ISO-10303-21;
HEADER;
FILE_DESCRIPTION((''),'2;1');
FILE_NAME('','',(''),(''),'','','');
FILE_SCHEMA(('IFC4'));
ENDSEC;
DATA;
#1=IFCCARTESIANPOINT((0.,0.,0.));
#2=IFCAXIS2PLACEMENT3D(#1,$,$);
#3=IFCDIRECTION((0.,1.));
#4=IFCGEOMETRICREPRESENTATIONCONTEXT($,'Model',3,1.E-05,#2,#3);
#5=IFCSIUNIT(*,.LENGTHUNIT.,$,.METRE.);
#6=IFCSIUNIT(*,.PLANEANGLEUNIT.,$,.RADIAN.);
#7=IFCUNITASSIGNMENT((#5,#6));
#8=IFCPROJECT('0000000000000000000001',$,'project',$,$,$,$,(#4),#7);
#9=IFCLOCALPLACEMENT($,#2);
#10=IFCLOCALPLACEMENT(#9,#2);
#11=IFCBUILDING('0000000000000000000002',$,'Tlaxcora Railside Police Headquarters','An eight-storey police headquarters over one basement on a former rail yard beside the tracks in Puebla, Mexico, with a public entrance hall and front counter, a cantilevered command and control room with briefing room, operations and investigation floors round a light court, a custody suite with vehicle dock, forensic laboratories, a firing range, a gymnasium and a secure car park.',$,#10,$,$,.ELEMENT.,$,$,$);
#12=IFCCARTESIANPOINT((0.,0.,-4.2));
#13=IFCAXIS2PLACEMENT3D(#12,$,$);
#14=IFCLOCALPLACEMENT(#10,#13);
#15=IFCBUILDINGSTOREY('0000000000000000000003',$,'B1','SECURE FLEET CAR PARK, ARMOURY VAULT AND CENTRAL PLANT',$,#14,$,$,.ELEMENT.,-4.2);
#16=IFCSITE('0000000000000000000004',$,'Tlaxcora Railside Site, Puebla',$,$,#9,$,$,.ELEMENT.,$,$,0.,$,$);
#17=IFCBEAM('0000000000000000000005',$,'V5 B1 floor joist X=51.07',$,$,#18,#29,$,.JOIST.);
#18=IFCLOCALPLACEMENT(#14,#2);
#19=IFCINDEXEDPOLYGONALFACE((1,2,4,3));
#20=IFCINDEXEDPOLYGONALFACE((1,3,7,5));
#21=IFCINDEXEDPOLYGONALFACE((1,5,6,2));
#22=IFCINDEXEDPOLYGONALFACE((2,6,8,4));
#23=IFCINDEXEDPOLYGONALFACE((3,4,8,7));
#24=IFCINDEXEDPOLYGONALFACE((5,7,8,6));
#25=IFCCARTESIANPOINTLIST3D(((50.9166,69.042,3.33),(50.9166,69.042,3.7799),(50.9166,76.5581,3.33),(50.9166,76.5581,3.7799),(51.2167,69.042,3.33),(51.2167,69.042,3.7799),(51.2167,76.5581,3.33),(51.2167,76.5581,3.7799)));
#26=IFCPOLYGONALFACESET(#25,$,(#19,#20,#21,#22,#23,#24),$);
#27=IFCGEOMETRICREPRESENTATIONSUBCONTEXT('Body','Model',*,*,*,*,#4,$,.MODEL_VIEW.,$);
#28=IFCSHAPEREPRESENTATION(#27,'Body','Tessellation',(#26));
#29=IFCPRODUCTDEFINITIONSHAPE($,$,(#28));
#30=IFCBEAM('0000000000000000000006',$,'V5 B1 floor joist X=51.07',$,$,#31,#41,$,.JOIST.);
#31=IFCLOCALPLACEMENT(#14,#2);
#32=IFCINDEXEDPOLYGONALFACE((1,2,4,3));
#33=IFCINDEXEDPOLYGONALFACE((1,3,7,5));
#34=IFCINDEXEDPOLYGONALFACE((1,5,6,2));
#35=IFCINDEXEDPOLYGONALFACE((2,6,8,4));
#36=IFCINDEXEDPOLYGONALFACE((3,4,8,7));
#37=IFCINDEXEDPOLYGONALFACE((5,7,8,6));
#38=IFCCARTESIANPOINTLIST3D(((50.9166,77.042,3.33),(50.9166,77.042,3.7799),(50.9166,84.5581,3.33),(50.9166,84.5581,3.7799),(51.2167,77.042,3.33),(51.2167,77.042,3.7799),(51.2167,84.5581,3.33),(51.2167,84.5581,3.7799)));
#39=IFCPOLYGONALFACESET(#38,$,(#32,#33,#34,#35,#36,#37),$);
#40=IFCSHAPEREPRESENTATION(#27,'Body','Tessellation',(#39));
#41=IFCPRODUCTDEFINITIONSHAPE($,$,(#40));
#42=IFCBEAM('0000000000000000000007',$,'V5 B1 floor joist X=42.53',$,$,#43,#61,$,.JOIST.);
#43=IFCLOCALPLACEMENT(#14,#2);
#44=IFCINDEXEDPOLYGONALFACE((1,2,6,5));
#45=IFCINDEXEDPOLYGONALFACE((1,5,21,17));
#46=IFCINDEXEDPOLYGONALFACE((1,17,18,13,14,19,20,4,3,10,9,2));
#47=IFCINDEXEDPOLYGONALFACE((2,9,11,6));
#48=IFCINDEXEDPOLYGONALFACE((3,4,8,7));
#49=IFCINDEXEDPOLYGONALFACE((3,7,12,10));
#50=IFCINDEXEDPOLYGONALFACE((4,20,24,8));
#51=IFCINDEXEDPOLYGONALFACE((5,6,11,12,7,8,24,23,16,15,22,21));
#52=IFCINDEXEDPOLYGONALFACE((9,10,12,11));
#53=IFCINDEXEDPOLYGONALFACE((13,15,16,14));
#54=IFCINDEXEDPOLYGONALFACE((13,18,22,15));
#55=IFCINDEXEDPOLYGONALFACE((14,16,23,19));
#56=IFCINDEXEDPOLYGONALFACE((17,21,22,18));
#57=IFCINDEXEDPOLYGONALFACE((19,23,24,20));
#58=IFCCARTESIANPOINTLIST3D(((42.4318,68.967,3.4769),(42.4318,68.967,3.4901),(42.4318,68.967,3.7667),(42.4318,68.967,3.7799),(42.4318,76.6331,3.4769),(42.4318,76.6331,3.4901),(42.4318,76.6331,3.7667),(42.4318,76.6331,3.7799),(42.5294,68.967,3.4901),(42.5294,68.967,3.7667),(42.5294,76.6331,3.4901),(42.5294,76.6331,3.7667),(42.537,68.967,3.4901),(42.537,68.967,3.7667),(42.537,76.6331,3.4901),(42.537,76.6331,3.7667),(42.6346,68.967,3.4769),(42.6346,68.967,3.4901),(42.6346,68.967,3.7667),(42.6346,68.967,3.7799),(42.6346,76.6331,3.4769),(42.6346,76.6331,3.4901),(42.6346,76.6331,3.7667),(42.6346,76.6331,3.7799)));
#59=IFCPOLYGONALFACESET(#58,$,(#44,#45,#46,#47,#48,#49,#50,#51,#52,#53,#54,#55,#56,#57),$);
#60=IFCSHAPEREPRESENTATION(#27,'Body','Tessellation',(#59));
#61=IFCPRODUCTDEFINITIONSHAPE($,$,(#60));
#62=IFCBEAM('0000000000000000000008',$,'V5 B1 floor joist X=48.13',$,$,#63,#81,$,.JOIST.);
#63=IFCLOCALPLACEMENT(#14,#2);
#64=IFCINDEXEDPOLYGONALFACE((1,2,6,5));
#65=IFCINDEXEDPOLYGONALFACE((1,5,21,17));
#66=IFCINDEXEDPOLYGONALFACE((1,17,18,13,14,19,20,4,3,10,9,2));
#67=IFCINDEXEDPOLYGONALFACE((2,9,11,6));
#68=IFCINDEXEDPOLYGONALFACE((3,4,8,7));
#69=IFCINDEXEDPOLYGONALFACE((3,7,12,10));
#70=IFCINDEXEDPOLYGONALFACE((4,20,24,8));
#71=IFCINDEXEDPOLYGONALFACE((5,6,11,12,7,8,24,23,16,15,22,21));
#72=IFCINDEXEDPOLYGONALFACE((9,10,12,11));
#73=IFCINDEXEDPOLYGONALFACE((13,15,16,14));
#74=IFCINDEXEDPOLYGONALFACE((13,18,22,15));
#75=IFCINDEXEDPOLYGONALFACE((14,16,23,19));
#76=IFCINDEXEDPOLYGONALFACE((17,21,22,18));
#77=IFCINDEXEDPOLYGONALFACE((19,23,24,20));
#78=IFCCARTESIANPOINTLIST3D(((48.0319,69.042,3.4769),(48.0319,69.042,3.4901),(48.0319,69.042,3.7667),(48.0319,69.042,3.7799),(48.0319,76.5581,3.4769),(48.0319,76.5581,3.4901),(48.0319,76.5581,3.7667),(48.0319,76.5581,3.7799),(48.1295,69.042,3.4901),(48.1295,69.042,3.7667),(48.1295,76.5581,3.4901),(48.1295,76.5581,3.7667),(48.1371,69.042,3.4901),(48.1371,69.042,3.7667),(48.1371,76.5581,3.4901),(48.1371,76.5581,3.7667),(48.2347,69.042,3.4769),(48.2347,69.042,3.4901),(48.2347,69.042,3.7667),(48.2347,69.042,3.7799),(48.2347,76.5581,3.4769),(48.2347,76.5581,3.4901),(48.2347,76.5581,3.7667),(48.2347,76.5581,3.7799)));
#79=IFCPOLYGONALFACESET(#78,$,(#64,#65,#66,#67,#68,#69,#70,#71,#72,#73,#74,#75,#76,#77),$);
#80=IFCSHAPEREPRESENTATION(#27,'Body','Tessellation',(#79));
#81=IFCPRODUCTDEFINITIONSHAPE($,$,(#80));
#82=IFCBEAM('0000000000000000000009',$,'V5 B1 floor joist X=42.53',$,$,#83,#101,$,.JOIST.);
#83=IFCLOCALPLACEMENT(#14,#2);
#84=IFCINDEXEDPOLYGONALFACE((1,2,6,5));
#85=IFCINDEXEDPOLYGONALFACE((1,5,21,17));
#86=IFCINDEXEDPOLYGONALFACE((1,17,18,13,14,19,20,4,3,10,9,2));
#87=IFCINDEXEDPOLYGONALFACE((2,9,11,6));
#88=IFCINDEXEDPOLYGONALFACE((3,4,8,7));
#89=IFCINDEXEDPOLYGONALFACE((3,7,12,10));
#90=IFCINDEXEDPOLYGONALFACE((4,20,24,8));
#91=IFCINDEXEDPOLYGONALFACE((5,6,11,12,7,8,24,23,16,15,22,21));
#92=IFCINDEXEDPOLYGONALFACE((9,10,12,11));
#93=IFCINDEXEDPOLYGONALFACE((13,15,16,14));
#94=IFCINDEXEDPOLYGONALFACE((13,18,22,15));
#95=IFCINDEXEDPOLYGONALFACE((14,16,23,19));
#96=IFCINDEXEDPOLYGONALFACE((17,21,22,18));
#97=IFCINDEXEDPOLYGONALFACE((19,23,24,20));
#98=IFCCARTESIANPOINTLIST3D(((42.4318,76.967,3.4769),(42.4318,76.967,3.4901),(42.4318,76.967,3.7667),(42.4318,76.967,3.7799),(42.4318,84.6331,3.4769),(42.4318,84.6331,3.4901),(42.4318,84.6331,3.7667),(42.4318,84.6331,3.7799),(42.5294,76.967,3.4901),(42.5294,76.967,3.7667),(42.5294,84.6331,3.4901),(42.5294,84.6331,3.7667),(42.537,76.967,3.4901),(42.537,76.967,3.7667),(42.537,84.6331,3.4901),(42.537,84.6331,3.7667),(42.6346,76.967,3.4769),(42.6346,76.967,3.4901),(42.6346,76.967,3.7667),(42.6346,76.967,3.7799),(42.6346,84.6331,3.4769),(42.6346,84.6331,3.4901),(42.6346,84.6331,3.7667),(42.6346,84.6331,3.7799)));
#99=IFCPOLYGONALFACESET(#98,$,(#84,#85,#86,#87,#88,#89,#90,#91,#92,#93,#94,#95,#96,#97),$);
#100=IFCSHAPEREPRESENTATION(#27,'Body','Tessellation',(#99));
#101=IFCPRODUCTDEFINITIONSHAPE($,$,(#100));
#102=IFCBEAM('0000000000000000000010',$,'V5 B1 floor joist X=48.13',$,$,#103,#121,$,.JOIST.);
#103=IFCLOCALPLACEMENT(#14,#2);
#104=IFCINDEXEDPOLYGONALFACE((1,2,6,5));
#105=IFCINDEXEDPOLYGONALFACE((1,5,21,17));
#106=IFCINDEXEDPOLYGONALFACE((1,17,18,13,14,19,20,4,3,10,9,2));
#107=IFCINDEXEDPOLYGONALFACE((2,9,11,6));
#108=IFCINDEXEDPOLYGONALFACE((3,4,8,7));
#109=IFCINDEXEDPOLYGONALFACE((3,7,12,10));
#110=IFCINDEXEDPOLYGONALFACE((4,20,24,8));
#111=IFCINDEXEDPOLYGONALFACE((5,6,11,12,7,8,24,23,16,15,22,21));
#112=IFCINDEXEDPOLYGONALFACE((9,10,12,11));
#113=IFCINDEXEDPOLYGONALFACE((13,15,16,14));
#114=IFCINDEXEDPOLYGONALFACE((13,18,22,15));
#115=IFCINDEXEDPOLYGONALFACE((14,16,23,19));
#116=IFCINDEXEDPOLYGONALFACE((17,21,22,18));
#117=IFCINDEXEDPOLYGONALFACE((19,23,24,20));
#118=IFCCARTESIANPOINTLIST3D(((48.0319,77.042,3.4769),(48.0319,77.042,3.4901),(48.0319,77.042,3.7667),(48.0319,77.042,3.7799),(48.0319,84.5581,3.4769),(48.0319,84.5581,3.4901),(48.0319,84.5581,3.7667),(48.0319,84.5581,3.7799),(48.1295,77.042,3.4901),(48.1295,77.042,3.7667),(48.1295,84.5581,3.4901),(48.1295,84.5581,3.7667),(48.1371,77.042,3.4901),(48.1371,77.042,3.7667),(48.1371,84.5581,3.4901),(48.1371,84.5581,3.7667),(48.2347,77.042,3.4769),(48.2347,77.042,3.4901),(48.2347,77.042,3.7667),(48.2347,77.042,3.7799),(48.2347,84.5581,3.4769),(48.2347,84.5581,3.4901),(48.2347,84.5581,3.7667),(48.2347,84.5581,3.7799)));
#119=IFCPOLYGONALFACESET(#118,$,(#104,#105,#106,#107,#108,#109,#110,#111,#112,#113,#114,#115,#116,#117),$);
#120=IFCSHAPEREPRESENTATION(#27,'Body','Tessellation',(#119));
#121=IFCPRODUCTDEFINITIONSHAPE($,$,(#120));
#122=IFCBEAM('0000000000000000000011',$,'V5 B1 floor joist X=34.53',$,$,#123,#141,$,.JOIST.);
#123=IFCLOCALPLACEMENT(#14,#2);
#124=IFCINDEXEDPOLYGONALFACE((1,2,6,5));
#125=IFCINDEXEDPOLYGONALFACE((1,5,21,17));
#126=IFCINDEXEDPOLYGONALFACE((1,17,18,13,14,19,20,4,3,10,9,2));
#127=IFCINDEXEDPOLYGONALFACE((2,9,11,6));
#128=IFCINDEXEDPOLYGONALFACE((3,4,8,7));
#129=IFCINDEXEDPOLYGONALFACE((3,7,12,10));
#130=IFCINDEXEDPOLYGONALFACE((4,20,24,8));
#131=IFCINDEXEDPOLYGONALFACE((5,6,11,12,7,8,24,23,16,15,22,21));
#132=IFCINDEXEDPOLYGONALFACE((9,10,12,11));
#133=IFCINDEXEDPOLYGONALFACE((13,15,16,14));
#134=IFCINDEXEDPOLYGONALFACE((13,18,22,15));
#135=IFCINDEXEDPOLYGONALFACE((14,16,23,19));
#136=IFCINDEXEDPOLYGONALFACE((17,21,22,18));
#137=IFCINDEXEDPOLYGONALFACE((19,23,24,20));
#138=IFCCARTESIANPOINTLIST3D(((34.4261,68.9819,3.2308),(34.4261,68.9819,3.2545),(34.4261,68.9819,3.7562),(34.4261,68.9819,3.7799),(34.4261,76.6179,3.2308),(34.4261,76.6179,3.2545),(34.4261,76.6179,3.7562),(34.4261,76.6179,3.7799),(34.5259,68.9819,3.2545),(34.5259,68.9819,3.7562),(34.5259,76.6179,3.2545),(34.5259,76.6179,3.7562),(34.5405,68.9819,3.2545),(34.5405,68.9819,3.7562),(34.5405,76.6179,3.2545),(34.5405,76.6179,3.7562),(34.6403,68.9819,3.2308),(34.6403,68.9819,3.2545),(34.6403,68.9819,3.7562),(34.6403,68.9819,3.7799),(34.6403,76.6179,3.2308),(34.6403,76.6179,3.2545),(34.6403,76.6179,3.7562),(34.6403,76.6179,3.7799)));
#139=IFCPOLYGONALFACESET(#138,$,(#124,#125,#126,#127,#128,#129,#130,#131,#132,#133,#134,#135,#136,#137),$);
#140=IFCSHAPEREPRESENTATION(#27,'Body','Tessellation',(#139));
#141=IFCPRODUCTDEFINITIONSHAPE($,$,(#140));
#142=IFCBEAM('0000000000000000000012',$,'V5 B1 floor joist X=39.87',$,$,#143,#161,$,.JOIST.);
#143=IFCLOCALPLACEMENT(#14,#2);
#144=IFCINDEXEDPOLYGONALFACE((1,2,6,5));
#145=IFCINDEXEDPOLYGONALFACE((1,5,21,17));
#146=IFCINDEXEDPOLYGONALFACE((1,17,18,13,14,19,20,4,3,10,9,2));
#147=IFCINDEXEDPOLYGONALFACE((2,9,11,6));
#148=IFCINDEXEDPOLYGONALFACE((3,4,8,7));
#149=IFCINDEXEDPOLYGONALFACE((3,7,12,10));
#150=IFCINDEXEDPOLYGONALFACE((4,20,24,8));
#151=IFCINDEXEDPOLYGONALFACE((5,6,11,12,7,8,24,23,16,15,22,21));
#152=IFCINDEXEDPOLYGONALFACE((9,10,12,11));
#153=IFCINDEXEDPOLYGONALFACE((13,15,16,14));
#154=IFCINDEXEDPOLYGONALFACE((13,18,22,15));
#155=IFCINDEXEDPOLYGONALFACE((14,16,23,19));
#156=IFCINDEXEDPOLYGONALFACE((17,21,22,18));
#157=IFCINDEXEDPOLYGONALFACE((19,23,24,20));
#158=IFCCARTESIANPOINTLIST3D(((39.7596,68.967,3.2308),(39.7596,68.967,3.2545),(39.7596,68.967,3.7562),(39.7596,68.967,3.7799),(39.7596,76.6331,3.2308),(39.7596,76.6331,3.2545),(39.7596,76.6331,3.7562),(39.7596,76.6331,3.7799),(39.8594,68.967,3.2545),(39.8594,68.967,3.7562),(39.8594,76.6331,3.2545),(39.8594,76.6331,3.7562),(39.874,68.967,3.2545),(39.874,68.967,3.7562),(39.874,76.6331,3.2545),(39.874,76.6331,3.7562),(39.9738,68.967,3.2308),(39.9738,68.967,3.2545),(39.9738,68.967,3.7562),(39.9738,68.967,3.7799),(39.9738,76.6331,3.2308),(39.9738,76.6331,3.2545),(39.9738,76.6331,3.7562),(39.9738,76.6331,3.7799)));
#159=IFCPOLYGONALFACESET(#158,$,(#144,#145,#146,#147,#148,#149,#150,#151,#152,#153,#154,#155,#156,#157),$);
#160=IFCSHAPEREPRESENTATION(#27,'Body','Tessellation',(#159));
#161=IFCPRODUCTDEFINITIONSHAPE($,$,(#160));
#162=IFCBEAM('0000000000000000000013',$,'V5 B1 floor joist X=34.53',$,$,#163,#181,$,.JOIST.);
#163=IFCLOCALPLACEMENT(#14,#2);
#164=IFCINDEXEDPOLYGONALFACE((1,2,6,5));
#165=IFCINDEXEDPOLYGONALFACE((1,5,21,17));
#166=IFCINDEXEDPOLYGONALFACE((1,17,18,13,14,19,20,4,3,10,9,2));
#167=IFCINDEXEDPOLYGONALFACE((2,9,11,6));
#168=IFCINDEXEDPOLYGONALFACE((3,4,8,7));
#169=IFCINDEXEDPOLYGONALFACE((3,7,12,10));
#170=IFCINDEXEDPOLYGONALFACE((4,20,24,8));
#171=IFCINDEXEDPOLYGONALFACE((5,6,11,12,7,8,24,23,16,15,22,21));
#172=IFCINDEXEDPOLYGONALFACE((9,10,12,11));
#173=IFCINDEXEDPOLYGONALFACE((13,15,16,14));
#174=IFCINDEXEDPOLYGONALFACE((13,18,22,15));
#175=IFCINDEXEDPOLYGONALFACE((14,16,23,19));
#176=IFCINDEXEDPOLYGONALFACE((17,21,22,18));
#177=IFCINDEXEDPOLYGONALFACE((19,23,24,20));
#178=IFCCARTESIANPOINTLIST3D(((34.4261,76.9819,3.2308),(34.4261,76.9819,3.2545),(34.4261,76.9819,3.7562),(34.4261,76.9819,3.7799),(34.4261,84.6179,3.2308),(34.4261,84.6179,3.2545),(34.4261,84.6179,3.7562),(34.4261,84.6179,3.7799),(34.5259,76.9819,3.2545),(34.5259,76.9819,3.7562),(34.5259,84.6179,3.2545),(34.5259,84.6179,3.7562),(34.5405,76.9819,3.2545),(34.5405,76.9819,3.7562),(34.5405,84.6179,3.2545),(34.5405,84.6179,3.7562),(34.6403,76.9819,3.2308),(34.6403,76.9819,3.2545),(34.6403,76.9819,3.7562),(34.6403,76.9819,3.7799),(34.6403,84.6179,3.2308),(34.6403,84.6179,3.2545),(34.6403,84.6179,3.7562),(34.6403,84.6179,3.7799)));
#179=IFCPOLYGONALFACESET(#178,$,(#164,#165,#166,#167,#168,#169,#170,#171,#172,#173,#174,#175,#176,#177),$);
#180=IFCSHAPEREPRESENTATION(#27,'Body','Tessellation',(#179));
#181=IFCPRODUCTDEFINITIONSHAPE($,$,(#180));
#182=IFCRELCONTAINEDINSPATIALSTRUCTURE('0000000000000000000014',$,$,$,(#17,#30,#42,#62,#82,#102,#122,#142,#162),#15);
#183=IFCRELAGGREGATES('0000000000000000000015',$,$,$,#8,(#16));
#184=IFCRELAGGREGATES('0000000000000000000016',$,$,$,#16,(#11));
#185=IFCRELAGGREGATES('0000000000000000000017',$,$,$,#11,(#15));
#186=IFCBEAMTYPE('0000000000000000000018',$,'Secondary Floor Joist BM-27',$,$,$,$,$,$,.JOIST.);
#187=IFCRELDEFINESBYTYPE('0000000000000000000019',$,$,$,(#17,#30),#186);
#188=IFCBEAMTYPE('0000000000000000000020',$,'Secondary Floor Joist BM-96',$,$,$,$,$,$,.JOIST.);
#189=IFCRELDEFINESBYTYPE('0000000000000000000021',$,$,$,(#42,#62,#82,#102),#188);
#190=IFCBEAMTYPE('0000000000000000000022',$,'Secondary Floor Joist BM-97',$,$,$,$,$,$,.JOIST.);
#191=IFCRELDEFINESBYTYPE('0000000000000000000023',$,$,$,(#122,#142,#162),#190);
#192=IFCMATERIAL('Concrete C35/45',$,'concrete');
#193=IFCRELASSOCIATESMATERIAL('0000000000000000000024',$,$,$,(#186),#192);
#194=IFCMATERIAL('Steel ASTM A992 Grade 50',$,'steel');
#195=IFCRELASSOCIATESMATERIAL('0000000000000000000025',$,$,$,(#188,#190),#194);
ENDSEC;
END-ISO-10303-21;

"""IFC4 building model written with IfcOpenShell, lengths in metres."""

from ifc_helpers import new_model, si_unit, direction, frame, origin, origin_2d, place, context, subcontext, project, spatial, rectangle, i_section, extrude, material, material_profile, profile_set, type_object, element, save


model = new_model("IFC4")

# Units and contexts
model_context = context("Model", 3, precision=1e-05, world=origin(), true_north=direction((0.0, 1.0)))
body_context = subcontext(model_context, "Body", "Model", "MODEL_VIEW")
ifc_project = project(units=[si_unit("LENGTHUNIT", "METRE"), si_unit("PLANEANGLEUNIT", "RADIAN")], contexts=[model_context])

# Site, building, storey
site_placement = place(None, origin())
site = spatial("IfcSite", under=ifc_project, at=site_placement, Name="Tlaxcora Railside Site, Puebla", CompositionType="ELEMENT", RefElevation=0.0)
building_placement = place(site_placement, origin())
building = spatial("IfcBuilding", under=site, at=building_placement, Name="Tlaxcora Railside Police Headquarters", Description="An eight-storey police headquarters over one basement on a former rail yard beside the tracks in Puebla, Mexico, with a public entrance hall and front counter, a cantilevered command and control room with briefing room, operations and investigation floors round a light court, a custody suite with vehicle dock, forensic laboratories, a firing range, a gymnasium and a secure car park.", CompositionType="ELEMENT")
storey_placement = place(building_placement, frame((0.0, 0.0, -4.2)))
storey = spatial("IfcBuildingStorey", under=building, at=storey_placement, Name="B1", Description="SECURE FLEET CAR PARK, ARMOURY VAULT AND CENTRAL PLANT", CompositionType="ELEMENT", Elevation=-4.2)

# Shared definitions
ifc_material_1 = material(Name="Concrete C35/45", Category="concrete")

# Beams
ifc_material_profile_1 = material_profile(ifc_material_1, rectangle(XDim=0.3, YDim=0.45, at=origin_2d()), Name="RC300X450")
ifc_profile_set_1 = profile_set([ifc_material_profile_1], Name="Concrete C35/45")
beam_type_1 = type_object("IfcBeamType", Name="Secondary Floor Joist BM-27", PredefinedType="JOIST", material=ifc_profile_set_1)
for number, where, z_axis, x_axis, name in (
    (1, (51.0667, 69.042, 3.5549), (0.0, 1.0, 0.0), (-1.0, 0.0, 0.0), "V5 B1 floor joist X=51.07"),
    (2, (51.0667, 77.042, 3.5549), (0.0, 1.0, 0.0), (-1.0, 0.0, 0.0), "V5 B1 floor joist X=51.07"),
):
    element("IfcBeam", number, at=place(storey_placement, frame(where, z_axis=z_axis, x_axis=x_axis)), inside=storey, type_object=beam_type_1, Name=name, PredefinedType="JOIST", context=body_context, shape_type="SweptSolid", body=[
        extrude(rectangle(XDim=0.3, YDim=0.45, at=origin_2d()), origin(), (0.0, 0.0, 1.0), 7.5161),
    ])
ifc_material_2 = material(Name="Steel ASTM A992 Grade 50", Category="steel")
ifc_material_profile_2 = material_profile(ifc_material_2, i_section(OverallWidth=0.2029, OverallDepth=0.303, WebThickness=0.0076, FlangeThickness=0.0132, at=origin_2d()), Name="W12X40")
ifc_profile_set_2 = profile_set([ifc_material_profile_2], Name="Steel ASTM A992 Grade 50")
beam_type_2 = type_object("IfcBeamType", Name="Secondary Floor Joist BM-96", PredefinedType="JOIST", material=ifc_profile_set_2)
beam_1_placement = place(storey_placement, frame((42.5332, 68.967, 3.6284), z_axis=(0.0, 1.0, 0.0), x_axis=(-1.0, 0.0, 0.0)))
element("IfcBeam", 3, at=beam_1_placement, inside=storey, type_object=beam_type_2, Name="V5 B1 floor joist X=42.53", PredefinedType="JOIST", context=body_context, shape_type="SweptSolid", body=[
    extrude(i_section(OverallWidth=0.2029, OverallDepth=0.303, WebThickness=0.0076, FlangeThickness=0.0132, at=origin_2d()), origin(), (0.0, 0.0, 1.0), 7.666),
])
beam_2_placement = place(storey_placement, frame((48.1333, 69.042, 3.6284), z_axis=(0.0, 1.0, 0.0), x_axis=(-1.0, 0.0, 0.0)))
element("IfcBeam", 4, at=beam_2_placement, inside=storey, type_object=beam_type_2, Name="V5 B1 floor joist X=48.13", PredefinedType="JOIST", context=body_context, shape_type="SweptSolid", body=[
    extrude(i_section(OverallWidth=0.2029, OverallDepth=0.303, WebThickness=0.0076, FlangeThickness=0.0132, at=origin_2d()), origin(), (0.0, 0.0, 1.0), 7.5161),
])
beam_3_placement = place(storey_placement, frame((42.5332, 76.967, 3.6284), z_axis=(0.0, 1.0, 0.0), x_axis=(-1.0, 0.0, 0.0)))
element("IfcBeam", 5, at=beam_3_placement, inside=storey, type_object=beam_type_2, Name="V5 B1 floor joist X=42.53", PredefinedType="JOIST", context=body_context, shape_type="SweptSolid", body=[
    extrude(i_section(OverallWidth=0.2029, OverallDepth=0.303, WebThickness=0.0076, FlangeThickness=0.0132, at=origin_2d()), origin(), (0.0, 0.0, 1.0), 7.666),
])
beam_4_placement = place(storey_placement, frame((48.1333, 77.042, 3.6284), z_axis=(0.0, 1.0, 0.0), x_axis=(-1.0, 0.0, 0.0)))
element("IfcBeam", 6, at=beam_4_placement, inside=storey, type_object=beam_type_2, Name="V5 B1 floor joist X=48.13", PredefinedType="JOIST", context=body_context, shape_type="SweptSolid", body=[
    extrude(i_section(OverallWidth=0.2029, OverallDepth=0.303, WebThickness=0.0076, FlangeThickness=0.0132, at=origin_2d()), origin(), (0.0, 0.0, 1.0), 7.5161),
])
ifc_material_profile_3 = material_profile(ifc_material_2, i_section(OverallWidth=0.2141, OverallDepth=0.5491, WebThickness=0.0146, FlangeThickness=0.0237, at=origin_2d()), Name="W21X93")
ifc_profile_set_3 = profile_set([ifc_material_profile_3], Name="Steel ASTM A992 Grade 50")
beam_type_3 = type_object("IfcBeamType", Name="Secondary Floor Joist BM-97", PredefinedType="JOIST", material=ifc_profile_set_3)
beam_5_placement = place(storey_placement, frame((34.5332, 68.9819, 3.5054), z_axis=(0.0, 1.0, 0.0), x_axis=(-1.0, 0.0, 0.0)))
element("IfcBeam", 7, at=beam_5_placement, inside=storey, type_object=beam_type_3, Name="V5 B1 floor joist X=34.53", PredefinedType="JOIST", context=body_context, shape_type="SweptSolid", body=[
    extrude(i_section(OverallWidth=0.2141, OverallDepth=0.5491, WebThickness=0.0146, FlangeThickness=0.0237, at=origin_2d()), origin(), (0.0, 0.0, 1.0), 7.636),
])
beam_6_placement = place(storey_placement, frame((39.8667, 68.967, 3.5054), z_axis=(0.0, 1.0, 0.0), x_axis=(-1.0, 0.0, 0.0)))
element("IfcBeam", 8, at=beam_6_placement, inside=storey, type_object=beam_type_3, Name="V5 B1 floor joist X=39.87", PredefinedType="JOIST", context=body_context, shape_type="SweptSolid", body=[
    extrude(i_section(OverallWidth=0.2141, OverallDepth=0.5491, WebThickness=0.0146, FlangeThickness=0.0237, at=origin_2d()), origin(), (0.0, 0.0, 1.0), 7.666),
])
beam_7_placement = place(storey_placement, frame((34.5332, 76.9819, 3.5054), z_axis=(0.0, 1.0, 0.0), x_axis=(-1.0, 0.0, 0.0)))
element("IfcBeam", 9, at=beam_7_placement, inside=storey, type_object=beam_type_3, Name="V5 B1 floor joist X=34.53", PredefinedType="JOIST", context=body_context, shape_type="SweptSolid", body=[
    extrude(i_section(OverallWidth=0.2141, OverallDepth=0.5491, WebThickness=0.0146, FlangeThickness=0.0237, at=origin_2d()), origin(), (0.0, 0.0, 1.0), 7.636),
])

save(model, "model.ifc")
